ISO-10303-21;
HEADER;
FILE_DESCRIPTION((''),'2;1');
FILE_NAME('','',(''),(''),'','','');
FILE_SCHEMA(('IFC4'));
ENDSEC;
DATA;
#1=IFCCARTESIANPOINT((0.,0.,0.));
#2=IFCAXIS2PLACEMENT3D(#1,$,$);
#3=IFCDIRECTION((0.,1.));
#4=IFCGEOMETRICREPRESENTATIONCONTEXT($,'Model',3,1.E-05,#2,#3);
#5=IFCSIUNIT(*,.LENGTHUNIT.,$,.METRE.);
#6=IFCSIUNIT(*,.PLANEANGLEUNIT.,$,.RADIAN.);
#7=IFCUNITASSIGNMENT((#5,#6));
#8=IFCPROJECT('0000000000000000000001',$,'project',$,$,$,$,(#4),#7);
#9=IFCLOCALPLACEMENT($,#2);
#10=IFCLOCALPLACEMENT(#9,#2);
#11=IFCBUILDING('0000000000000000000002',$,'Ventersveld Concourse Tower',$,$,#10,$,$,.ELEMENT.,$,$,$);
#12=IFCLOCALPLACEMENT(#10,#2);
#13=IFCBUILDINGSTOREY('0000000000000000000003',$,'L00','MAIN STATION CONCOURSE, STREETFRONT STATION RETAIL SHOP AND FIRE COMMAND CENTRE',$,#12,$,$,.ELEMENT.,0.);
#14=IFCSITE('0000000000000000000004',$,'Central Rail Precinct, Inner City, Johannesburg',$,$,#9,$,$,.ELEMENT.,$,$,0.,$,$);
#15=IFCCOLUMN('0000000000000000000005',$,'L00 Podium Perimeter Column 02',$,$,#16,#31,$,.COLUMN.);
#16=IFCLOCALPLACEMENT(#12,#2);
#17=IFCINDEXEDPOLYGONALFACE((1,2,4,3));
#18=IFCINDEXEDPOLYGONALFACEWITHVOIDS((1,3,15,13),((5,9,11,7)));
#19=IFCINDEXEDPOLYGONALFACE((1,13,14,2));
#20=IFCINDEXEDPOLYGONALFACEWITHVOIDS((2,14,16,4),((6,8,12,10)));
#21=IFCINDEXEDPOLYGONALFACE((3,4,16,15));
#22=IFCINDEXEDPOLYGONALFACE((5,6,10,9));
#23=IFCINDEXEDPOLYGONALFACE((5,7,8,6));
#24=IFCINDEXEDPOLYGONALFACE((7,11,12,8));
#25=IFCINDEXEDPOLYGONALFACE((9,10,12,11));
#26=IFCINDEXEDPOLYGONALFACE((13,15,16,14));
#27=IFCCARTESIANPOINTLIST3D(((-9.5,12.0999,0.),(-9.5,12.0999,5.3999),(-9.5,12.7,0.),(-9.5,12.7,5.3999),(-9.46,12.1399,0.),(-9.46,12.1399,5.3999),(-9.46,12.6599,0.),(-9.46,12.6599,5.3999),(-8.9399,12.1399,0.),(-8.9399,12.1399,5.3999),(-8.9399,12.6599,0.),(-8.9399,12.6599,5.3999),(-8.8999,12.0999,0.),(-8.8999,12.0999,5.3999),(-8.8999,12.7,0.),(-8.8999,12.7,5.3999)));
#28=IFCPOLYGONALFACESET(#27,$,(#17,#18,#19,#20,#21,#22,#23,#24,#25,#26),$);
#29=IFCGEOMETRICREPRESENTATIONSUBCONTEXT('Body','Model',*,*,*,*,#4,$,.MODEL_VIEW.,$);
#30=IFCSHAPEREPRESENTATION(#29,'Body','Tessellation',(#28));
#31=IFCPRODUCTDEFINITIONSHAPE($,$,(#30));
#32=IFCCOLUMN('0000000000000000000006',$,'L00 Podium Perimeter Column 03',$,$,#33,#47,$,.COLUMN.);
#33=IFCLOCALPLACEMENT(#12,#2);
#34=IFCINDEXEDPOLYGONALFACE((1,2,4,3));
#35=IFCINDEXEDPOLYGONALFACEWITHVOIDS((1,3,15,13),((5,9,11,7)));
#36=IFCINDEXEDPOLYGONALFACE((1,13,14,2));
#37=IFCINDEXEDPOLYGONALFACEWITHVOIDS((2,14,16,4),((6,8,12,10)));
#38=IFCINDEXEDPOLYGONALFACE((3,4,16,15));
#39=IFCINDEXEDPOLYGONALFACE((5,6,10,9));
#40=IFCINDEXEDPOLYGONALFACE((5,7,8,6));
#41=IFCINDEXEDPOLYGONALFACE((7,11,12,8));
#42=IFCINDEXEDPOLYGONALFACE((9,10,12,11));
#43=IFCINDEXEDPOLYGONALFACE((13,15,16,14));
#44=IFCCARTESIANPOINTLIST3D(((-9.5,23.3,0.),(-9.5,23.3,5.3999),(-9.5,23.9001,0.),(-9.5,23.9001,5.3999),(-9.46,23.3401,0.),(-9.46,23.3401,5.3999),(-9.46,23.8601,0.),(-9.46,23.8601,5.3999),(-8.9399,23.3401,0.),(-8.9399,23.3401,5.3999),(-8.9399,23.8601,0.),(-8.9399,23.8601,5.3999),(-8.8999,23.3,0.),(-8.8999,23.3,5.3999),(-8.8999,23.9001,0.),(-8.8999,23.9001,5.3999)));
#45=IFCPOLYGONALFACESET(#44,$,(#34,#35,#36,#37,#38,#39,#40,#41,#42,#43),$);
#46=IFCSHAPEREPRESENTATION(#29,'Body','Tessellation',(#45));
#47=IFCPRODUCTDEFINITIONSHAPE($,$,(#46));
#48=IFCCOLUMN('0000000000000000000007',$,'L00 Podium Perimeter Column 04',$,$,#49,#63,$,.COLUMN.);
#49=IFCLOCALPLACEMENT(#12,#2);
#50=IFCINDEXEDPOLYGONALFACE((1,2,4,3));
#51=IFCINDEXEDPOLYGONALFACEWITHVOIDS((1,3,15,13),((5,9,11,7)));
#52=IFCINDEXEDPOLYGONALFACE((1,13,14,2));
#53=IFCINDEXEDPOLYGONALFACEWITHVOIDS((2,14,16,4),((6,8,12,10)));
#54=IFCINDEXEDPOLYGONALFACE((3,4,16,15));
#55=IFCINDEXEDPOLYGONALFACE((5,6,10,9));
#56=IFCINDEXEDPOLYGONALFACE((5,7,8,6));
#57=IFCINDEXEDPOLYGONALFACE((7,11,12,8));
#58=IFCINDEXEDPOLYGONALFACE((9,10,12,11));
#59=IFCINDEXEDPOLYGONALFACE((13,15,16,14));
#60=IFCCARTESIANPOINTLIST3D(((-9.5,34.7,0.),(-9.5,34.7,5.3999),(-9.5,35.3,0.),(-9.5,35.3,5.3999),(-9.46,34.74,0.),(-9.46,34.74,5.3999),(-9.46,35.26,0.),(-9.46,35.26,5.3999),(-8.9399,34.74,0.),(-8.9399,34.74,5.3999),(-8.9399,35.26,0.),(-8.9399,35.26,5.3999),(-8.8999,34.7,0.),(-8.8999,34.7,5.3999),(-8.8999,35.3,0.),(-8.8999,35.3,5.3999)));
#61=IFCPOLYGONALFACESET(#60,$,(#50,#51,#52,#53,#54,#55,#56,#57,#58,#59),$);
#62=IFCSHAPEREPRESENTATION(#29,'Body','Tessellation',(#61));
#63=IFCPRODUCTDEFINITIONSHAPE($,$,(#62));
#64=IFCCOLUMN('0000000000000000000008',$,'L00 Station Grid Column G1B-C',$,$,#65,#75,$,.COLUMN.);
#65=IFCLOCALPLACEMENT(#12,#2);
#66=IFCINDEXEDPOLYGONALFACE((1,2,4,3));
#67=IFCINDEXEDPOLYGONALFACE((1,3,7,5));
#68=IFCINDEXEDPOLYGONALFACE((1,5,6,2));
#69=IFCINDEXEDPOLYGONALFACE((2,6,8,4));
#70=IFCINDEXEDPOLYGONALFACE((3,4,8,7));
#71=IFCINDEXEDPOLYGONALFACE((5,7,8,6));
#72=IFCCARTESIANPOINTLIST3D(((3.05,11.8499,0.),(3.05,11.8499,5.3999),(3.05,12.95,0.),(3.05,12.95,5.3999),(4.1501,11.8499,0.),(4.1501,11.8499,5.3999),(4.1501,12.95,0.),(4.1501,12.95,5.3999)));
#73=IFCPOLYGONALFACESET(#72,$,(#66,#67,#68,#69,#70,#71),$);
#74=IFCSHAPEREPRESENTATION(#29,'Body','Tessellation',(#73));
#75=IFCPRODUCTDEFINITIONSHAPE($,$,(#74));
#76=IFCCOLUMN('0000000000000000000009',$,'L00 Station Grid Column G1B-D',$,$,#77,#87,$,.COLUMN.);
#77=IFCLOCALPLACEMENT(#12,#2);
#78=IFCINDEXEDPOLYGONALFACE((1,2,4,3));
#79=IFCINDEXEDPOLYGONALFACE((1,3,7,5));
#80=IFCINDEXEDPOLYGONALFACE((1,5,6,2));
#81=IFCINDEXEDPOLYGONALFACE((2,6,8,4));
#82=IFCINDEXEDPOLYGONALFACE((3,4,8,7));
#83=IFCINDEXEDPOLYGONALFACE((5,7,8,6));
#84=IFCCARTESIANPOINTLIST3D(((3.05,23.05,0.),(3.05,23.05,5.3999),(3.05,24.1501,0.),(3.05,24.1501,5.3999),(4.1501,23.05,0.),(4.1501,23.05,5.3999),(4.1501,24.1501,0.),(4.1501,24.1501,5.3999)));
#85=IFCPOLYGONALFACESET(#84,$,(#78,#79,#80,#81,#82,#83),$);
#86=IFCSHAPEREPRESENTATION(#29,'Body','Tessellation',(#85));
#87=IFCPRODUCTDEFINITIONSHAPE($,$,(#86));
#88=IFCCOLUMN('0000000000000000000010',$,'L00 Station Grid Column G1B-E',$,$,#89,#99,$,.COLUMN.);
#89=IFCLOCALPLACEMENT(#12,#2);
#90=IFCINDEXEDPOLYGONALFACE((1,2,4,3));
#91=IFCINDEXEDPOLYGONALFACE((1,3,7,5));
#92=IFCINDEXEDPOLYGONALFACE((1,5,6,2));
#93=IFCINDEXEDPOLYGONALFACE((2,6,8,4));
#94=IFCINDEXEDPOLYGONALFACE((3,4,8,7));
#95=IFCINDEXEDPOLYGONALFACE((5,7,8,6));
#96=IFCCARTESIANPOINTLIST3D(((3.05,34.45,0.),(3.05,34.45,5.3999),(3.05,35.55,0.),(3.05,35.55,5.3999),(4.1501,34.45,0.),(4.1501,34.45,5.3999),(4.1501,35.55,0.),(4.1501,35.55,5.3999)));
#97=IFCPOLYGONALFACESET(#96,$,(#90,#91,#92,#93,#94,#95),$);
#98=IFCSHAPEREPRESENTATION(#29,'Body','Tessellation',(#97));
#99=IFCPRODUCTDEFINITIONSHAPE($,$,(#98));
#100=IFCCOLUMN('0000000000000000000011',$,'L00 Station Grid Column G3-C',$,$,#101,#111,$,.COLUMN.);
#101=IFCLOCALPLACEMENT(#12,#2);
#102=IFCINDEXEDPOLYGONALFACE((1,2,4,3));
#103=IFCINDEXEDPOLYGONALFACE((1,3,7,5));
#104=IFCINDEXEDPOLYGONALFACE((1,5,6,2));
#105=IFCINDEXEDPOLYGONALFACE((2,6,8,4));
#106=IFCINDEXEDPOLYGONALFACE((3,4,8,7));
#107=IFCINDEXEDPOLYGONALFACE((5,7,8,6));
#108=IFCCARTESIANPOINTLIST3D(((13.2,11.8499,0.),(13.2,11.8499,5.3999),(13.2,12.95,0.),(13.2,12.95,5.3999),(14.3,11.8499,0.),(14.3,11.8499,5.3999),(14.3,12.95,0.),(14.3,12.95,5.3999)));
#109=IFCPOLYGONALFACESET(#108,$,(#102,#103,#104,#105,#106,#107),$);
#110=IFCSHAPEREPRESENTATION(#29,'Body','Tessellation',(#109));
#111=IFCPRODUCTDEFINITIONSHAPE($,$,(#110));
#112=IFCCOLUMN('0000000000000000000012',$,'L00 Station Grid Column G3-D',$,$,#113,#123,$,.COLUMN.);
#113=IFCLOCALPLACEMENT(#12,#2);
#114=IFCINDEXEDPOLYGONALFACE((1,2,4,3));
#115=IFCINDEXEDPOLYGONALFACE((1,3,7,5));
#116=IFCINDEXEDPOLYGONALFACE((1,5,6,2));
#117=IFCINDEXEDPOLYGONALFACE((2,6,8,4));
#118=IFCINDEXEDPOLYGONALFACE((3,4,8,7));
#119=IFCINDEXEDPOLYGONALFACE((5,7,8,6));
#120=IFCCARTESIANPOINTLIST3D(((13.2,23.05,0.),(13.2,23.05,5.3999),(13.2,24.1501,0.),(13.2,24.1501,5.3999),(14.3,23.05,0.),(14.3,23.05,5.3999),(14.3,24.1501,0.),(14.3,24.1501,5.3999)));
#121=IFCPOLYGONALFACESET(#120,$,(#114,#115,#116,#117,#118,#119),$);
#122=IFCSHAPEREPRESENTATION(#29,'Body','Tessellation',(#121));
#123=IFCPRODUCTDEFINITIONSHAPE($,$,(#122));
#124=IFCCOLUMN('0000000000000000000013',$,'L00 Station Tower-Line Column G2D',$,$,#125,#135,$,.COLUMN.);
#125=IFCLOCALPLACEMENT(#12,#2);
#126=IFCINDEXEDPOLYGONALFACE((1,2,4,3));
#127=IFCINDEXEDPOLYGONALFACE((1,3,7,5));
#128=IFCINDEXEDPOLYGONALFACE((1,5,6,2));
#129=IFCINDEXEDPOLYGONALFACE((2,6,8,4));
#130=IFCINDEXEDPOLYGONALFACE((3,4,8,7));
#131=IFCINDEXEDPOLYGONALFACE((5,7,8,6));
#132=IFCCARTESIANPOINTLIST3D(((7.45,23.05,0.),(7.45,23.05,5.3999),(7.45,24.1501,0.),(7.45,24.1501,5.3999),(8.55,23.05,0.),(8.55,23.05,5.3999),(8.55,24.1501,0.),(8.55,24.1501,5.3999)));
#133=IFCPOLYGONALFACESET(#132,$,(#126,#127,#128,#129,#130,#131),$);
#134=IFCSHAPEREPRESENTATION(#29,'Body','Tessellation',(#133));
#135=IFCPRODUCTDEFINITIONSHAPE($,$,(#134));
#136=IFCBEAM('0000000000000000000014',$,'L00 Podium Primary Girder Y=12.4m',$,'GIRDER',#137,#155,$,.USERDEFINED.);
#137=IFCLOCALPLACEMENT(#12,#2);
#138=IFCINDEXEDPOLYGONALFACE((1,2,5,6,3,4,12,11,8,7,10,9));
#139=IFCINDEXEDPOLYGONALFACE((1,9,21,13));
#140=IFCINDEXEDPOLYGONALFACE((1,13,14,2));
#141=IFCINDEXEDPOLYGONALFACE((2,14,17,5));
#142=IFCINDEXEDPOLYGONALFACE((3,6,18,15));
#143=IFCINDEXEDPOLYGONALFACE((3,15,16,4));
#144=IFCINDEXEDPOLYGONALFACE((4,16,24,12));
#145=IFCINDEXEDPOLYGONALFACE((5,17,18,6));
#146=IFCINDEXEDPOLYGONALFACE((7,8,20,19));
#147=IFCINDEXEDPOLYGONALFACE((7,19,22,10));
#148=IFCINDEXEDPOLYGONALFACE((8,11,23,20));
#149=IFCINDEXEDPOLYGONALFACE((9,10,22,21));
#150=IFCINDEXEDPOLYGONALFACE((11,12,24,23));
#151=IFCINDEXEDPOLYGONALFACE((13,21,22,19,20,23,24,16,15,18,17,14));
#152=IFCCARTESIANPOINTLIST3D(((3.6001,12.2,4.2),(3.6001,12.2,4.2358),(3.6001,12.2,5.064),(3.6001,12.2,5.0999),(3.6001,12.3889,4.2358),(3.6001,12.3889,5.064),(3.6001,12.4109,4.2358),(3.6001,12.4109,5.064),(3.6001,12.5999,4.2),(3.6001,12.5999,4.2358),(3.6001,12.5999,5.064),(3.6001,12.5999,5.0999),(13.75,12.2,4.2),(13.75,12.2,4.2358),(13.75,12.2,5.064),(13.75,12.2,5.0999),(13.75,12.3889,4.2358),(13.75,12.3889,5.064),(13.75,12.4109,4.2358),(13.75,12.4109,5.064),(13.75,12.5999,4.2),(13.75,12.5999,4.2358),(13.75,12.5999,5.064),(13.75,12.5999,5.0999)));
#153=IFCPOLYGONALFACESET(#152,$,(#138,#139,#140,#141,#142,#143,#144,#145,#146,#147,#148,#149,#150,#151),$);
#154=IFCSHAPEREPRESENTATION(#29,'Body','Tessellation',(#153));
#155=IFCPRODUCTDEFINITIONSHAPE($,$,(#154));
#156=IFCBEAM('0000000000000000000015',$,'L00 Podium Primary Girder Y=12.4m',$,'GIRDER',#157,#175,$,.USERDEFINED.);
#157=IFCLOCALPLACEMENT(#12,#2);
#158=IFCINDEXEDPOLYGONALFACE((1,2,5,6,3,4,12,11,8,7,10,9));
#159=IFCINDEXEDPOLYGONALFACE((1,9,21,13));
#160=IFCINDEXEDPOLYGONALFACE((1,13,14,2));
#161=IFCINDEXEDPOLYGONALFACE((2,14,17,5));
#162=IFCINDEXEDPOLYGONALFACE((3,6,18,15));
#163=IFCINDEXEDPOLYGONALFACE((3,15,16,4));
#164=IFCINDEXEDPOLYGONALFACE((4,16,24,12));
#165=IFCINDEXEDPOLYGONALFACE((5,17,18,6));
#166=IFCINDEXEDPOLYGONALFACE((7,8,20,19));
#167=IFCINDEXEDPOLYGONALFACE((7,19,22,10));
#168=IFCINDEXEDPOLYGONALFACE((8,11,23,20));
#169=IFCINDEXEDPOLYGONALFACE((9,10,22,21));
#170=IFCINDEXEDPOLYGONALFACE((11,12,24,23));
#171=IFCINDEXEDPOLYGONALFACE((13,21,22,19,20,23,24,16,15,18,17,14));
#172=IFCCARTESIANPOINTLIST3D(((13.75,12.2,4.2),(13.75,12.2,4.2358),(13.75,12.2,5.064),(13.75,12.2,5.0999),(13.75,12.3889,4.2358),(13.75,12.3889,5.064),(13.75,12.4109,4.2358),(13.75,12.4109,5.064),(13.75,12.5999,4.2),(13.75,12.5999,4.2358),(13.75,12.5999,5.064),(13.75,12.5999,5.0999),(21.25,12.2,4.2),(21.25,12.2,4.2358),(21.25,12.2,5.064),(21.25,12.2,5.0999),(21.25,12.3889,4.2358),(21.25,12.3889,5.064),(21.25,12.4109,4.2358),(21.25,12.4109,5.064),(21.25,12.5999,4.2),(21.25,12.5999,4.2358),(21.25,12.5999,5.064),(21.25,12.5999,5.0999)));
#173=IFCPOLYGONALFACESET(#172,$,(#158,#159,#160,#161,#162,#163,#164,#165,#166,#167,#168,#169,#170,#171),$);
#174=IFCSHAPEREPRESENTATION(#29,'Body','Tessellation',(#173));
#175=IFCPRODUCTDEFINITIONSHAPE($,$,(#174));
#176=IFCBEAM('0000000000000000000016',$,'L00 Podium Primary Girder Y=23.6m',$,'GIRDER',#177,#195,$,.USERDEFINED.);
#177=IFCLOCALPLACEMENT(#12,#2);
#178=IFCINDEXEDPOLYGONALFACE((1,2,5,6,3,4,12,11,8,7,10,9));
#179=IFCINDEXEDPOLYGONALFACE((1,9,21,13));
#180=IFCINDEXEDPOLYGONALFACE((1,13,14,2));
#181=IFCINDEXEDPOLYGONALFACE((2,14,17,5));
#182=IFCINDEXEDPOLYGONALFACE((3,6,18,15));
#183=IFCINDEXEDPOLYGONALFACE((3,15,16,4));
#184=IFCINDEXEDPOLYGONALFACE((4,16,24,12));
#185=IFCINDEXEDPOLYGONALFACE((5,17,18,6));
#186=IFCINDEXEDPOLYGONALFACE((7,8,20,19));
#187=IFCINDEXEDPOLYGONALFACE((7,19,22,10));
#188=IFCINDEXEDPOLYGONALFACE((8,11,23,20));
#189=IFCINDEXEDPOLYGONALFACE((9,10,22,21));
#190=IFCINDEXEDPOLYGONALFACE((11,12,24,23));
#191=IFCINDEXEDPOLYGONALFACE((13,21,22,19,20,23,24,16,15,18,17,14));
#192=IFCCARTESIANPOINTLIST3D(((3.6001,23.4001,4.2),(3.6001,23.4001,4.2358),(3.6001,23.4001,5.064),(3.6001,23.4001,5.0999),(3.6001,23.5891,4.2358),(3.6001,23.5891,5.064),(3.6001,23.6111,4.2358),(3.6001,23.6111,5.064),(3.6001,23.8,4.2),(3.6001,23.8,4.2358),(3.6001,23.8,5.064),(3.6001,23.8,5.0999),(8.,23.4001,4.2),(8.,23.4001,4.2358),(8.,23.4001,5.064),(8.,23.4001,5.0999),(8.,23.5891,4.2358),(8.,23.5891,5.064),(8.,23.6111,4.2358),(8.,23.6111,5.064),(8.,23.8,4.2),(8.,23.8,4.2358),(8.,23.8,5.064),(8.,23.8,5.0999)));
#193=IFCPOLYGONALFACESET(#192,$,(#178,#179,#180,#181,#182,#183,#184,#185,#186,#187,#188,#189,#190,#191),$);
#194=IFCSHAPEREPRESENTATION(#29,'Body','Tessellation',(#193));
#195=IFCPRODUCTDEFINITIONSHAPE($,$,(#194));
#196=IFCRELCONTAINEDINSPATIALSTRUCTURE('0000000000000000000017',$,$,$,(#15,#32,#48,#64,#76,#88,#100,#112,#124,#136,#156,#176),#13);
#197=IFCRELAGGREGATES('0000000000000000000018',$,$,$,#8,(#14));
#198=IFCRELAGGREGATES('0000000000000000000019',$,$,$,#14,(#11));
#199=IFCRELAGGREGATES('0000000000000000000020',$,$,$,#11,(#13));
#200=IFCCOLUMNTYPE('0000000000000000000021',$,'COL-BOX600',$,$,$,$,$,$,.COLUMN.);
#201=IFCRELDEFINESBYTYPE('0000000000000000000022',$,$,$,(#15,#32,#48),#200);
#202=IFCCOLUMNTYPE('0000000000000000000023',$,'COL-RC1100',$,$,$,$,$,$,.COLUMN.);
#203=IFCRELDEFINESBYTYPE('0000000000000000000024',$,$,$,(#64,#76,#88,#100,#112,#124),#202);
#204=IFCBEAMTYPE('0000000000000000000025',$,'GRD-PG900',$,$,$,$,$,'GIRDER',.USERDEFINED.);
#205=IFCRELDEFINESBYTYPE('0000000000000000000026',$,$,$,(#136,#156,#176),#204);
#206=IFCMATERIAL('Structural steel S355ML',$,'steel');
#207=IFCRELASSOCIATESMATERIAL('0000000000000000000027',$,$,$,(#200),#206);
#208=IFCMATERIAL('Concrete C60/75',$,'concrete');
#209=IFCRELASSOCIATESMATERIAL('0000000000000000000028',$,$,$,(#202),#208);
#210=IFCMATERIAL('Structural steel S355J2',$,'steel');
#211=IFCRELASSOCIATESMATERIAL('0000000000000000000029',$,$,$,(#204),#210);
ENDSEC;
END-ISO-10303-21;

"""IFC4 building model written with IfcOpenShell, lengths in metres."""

from ifc_helpers import new_model, si_unit, direction, frame, origin, origin_2d, place, context, subcontext, project, spatial, rectangle, hollow_rectangle, i_section, extrude, material, material_profile, profile_set, type_object, element, save


model = new_model("IFC4")

# Units and contexts
model_context = context("Model", 3, precision=1e-05, world=origin(), true_north=direction((0.0, 1.0)))
body_context = subcontext(model_context, "Body", "Model", "MODEL_VIEW")
ifc_project = project(units=[si_unit("LENGTHUNIT", "METRE"), si_unit("PLANEANGLEUNIT", "RADIAN")], contexts=[model_context])

# Site, building, storey
site_placement = place(None, origin())
site = spatial("IfcSite", under=ifc_project, at=site_placement, Name="Central Rail Precinct, Inner City, Johannesburg", CompositionType="ELEMENT", RefElevation=0.0)
building_placement = place(site_placement, origin())
building = spatial("IfcBuilding", under=site, at=building_placement, Name="Ventersveld Concourse Tower", CompositionType="ELEMENT")
storey_placement = place(building_placement, origin())
storey = spatial("IfcBuildingStorey", under=building, at=storey_placement, Name="L00", Description="MAIN STATION CONCOURSE, STREETFRONT STATION RETAIL SHOP AND FIRE COMMAND CENTRE", CompositionType="ELEMENT", Elevation=0.0)

# Columns
ifc_material_1 = material(Name="Structural steel S355ML", Category="steel")
ifc_material_profile_1 = material_profile(ifc_material_1, hollow_rectangle(XDim=0.6001, YDim=0.6001, WallThickness=0.04, at=origin_2d()), Name="BOX 600x600x40")
ifc_profile_set_1 = profile_set([ifc_material_profile_1], Name="Structural steel S355ML")
column_type_1 = type_object("IfcColumnType", Name="COL-BOX600", PredefinedType="COLUMN", material=ifc_profile_set_1)
for number, where, z_axis, x_axis, name in (
    (1, (-9.2, 12.3999, 0.0), (0.0, 0.0, 1.0), (1.0, 0.0, 0.0), "L00 Podium Perimeter Column 02"),
    (2, (-9.2, 23.6001, 0.0), (0.0, 0.0, 1.0), (1.0, 0.0, 0.0), "L00 Podium Perimeter Column 03"),
    (3, (-9.2, 35.0, 0.0), (0.0, 0.0, 1.0), (1.0, 0.0, 0.0), "L00 Podium Perimeter Column 04"),
):
    element("IfcColumn", number, at=place(storey_placement, frame(where, z_axis=z_axis, x_axis=x_axis)), inside=storey, type_object=column_type_1, Name=name, PredefinedType="COLUMN", context=body_context, shape_type="SweptSolid", body=[
        extrude(hollow_rectangle(XDim=0.6001, YDim=0.6001, WallThickness=0.04, at=origin_2d()), origin(), (0.0, 0.0, 1.0), 5.3999),
    ])
ifc_material_2 = material(Name="Concrete C60/75", Category="concrete")
ifc_material_profile_2 = material_profile(ifc_material_2, rectangle(XDim=1.1001, YDim=1.1001, at=origin_2d()), Name="RC 1100x1100")
ifc_profile_set_2 = profile_set([ifc_material_profile_2], Name="Concrete C60/75")
column_type_2 = type_object("IfcColumnType", Name="COL-RC1100", PredefinedType="COLUMN", material=ifc_profile_set_2)
for number, where, z_axis, x_axis, name in (
    (4, (3.6001, 12.3999, 0.0), (0.0, 0.0, 1.0), (1.0, 0.0, 0.0), "L00 Station Grid Column G1B-C"),
    (5, (3.6001, 23.6001, 0.0), (0.0, 0.0, 1.0), (1.0, 0.0, 0.0), "L00 Station Grid Column G1B-D"),
    (6, (3.6001, 35.0, 0.0), (0.0, 0.0, 1.0), (1.0, 0.0, 0.0), "L00 Station Grid Column G1B-E"),
    (7, (13.75, 12.3999, 0.0), (0.0, 0.0, 1.0), (1.0, 0.0, 0.0), "L00 Station Grid Column G3-C"),
    (8, (13.75, 23.6001, 0.0), (0.0, 0.0, 1.0), (1.0, 0.0, 0.0), "L00 Station Grid Column G3-D"),
    (9, (8.0, 23.6001, 0.0), (0.0, 0.0, 1.0), (1.0, 0.0, 0.0), "L00 Station Tower-Line Column G2D"),
):
    element("IfcColumn", number, at=place(storey_placement, frame(where, z_axis=z_axis, x_axis=x_axis)), inside=storey, type_object=column_type_2, Name=name, PredefinedType="COLUMN", context=body_context, shape_type="SweptSolid", body=[
        extrude(rectangle(XDim=1.1001, YDim=1.1001, at=origin_2d()), origin(), (0.0, 0.0, 1.0), 5.3999),
    ])

# Beams
ifc_material_3 = material(Name="Structural steel S355J2", Category="steel")
ifc_material_profile_3 = material_profile(ifc_material_3, i_section(OverallWidth=0.3999, OverallDepth=0.8999, WebThickness=0.022, FlangeThickness=0.0359, at=origin_2d()), Name="PG 900x400x36")
ifc_profile_set_3 = profile_set([ifc_material_profile_3], Name="Structural steel S355J2")
beam_type_1 = type_object("IfcBeamType", Name="GRD-PG900", ElementType="GIRDER", PredefinedType="USERDEFINED", material=ifc_profile_set_3)
beam_1_placement = place(storey_placement, frame((3.6001, 12.3999, 4.6499), z_axis=(1.0, 0.0, 0.0), x_axis=(0.0, 1.0, 0.0)))
element("IfcBeam", 10, at=beam_1_placement, inside=storey, type_object=beam_type_1, Name="L00 Podium Primary Girder Y=12.4m", ObjectType="GIRDER", PredefinedType="USERDEFINED", context=body_context, shape_type="SweptSolid", body=[
    extrude(i_section(OverallWidth=0.3999, OverallDepth=0.8999, WebThickness=0.022, FlangeThickness=0.0359, at=origin_2d()), origin(), (0.0, 0.0, 1.0), 10.1499),
])
beam_2_placement = place(storey_placement, frame((13.75, 12.3999, 4.6499), z_axis=(1.0, 0.0, 0.0), x_axis=(0.0, 1.0, 0.0)))
element("IfcBeam", 11, at=beam_2_placement, inside=storey, type_object=beam_type_1, Name="L00 Podium Primary Girder Y=12.4m", ObjectType="GIRDER", PredefinedType="USERDEFINED", context=body_context, shape_type="SweptSolid", body=[
    extrude(i_section(OverallWidth=0.3999, OverallDepth=0.8999, WebThickness=0.022, FlangeThickness=0.0359, at=origin_2d()), origin(), (0.0, 0.0, 1.0), 7.5),
])
beam_3_placement = place(storey_placement, frame((3.6001, 23.6001, 4.6499), z_axis=(1.0, 0.0, 0.0), x_axis=(0.0, 1.0, 0.0)))
element("IfcBeam", 12, at=beam_3_placement, inside=storey, type_object=beam_type_1, Name="L00 Podium Primary Girder Y=23.6m", ObjectType="GIRDER", PredefinedType="USERDEFINED", context=body_context, shape_type="SweptSolid", body=[
    extrude(i_section(OverallWidth=0.3999, OverallDepth=0.8999, WebThickness=0.022, FlangeThickness=0.0359, at=origin_2d()), origin(), (0.0, 0.0, 1.0), 4.3999),
])

save(model, "model.ifc")
